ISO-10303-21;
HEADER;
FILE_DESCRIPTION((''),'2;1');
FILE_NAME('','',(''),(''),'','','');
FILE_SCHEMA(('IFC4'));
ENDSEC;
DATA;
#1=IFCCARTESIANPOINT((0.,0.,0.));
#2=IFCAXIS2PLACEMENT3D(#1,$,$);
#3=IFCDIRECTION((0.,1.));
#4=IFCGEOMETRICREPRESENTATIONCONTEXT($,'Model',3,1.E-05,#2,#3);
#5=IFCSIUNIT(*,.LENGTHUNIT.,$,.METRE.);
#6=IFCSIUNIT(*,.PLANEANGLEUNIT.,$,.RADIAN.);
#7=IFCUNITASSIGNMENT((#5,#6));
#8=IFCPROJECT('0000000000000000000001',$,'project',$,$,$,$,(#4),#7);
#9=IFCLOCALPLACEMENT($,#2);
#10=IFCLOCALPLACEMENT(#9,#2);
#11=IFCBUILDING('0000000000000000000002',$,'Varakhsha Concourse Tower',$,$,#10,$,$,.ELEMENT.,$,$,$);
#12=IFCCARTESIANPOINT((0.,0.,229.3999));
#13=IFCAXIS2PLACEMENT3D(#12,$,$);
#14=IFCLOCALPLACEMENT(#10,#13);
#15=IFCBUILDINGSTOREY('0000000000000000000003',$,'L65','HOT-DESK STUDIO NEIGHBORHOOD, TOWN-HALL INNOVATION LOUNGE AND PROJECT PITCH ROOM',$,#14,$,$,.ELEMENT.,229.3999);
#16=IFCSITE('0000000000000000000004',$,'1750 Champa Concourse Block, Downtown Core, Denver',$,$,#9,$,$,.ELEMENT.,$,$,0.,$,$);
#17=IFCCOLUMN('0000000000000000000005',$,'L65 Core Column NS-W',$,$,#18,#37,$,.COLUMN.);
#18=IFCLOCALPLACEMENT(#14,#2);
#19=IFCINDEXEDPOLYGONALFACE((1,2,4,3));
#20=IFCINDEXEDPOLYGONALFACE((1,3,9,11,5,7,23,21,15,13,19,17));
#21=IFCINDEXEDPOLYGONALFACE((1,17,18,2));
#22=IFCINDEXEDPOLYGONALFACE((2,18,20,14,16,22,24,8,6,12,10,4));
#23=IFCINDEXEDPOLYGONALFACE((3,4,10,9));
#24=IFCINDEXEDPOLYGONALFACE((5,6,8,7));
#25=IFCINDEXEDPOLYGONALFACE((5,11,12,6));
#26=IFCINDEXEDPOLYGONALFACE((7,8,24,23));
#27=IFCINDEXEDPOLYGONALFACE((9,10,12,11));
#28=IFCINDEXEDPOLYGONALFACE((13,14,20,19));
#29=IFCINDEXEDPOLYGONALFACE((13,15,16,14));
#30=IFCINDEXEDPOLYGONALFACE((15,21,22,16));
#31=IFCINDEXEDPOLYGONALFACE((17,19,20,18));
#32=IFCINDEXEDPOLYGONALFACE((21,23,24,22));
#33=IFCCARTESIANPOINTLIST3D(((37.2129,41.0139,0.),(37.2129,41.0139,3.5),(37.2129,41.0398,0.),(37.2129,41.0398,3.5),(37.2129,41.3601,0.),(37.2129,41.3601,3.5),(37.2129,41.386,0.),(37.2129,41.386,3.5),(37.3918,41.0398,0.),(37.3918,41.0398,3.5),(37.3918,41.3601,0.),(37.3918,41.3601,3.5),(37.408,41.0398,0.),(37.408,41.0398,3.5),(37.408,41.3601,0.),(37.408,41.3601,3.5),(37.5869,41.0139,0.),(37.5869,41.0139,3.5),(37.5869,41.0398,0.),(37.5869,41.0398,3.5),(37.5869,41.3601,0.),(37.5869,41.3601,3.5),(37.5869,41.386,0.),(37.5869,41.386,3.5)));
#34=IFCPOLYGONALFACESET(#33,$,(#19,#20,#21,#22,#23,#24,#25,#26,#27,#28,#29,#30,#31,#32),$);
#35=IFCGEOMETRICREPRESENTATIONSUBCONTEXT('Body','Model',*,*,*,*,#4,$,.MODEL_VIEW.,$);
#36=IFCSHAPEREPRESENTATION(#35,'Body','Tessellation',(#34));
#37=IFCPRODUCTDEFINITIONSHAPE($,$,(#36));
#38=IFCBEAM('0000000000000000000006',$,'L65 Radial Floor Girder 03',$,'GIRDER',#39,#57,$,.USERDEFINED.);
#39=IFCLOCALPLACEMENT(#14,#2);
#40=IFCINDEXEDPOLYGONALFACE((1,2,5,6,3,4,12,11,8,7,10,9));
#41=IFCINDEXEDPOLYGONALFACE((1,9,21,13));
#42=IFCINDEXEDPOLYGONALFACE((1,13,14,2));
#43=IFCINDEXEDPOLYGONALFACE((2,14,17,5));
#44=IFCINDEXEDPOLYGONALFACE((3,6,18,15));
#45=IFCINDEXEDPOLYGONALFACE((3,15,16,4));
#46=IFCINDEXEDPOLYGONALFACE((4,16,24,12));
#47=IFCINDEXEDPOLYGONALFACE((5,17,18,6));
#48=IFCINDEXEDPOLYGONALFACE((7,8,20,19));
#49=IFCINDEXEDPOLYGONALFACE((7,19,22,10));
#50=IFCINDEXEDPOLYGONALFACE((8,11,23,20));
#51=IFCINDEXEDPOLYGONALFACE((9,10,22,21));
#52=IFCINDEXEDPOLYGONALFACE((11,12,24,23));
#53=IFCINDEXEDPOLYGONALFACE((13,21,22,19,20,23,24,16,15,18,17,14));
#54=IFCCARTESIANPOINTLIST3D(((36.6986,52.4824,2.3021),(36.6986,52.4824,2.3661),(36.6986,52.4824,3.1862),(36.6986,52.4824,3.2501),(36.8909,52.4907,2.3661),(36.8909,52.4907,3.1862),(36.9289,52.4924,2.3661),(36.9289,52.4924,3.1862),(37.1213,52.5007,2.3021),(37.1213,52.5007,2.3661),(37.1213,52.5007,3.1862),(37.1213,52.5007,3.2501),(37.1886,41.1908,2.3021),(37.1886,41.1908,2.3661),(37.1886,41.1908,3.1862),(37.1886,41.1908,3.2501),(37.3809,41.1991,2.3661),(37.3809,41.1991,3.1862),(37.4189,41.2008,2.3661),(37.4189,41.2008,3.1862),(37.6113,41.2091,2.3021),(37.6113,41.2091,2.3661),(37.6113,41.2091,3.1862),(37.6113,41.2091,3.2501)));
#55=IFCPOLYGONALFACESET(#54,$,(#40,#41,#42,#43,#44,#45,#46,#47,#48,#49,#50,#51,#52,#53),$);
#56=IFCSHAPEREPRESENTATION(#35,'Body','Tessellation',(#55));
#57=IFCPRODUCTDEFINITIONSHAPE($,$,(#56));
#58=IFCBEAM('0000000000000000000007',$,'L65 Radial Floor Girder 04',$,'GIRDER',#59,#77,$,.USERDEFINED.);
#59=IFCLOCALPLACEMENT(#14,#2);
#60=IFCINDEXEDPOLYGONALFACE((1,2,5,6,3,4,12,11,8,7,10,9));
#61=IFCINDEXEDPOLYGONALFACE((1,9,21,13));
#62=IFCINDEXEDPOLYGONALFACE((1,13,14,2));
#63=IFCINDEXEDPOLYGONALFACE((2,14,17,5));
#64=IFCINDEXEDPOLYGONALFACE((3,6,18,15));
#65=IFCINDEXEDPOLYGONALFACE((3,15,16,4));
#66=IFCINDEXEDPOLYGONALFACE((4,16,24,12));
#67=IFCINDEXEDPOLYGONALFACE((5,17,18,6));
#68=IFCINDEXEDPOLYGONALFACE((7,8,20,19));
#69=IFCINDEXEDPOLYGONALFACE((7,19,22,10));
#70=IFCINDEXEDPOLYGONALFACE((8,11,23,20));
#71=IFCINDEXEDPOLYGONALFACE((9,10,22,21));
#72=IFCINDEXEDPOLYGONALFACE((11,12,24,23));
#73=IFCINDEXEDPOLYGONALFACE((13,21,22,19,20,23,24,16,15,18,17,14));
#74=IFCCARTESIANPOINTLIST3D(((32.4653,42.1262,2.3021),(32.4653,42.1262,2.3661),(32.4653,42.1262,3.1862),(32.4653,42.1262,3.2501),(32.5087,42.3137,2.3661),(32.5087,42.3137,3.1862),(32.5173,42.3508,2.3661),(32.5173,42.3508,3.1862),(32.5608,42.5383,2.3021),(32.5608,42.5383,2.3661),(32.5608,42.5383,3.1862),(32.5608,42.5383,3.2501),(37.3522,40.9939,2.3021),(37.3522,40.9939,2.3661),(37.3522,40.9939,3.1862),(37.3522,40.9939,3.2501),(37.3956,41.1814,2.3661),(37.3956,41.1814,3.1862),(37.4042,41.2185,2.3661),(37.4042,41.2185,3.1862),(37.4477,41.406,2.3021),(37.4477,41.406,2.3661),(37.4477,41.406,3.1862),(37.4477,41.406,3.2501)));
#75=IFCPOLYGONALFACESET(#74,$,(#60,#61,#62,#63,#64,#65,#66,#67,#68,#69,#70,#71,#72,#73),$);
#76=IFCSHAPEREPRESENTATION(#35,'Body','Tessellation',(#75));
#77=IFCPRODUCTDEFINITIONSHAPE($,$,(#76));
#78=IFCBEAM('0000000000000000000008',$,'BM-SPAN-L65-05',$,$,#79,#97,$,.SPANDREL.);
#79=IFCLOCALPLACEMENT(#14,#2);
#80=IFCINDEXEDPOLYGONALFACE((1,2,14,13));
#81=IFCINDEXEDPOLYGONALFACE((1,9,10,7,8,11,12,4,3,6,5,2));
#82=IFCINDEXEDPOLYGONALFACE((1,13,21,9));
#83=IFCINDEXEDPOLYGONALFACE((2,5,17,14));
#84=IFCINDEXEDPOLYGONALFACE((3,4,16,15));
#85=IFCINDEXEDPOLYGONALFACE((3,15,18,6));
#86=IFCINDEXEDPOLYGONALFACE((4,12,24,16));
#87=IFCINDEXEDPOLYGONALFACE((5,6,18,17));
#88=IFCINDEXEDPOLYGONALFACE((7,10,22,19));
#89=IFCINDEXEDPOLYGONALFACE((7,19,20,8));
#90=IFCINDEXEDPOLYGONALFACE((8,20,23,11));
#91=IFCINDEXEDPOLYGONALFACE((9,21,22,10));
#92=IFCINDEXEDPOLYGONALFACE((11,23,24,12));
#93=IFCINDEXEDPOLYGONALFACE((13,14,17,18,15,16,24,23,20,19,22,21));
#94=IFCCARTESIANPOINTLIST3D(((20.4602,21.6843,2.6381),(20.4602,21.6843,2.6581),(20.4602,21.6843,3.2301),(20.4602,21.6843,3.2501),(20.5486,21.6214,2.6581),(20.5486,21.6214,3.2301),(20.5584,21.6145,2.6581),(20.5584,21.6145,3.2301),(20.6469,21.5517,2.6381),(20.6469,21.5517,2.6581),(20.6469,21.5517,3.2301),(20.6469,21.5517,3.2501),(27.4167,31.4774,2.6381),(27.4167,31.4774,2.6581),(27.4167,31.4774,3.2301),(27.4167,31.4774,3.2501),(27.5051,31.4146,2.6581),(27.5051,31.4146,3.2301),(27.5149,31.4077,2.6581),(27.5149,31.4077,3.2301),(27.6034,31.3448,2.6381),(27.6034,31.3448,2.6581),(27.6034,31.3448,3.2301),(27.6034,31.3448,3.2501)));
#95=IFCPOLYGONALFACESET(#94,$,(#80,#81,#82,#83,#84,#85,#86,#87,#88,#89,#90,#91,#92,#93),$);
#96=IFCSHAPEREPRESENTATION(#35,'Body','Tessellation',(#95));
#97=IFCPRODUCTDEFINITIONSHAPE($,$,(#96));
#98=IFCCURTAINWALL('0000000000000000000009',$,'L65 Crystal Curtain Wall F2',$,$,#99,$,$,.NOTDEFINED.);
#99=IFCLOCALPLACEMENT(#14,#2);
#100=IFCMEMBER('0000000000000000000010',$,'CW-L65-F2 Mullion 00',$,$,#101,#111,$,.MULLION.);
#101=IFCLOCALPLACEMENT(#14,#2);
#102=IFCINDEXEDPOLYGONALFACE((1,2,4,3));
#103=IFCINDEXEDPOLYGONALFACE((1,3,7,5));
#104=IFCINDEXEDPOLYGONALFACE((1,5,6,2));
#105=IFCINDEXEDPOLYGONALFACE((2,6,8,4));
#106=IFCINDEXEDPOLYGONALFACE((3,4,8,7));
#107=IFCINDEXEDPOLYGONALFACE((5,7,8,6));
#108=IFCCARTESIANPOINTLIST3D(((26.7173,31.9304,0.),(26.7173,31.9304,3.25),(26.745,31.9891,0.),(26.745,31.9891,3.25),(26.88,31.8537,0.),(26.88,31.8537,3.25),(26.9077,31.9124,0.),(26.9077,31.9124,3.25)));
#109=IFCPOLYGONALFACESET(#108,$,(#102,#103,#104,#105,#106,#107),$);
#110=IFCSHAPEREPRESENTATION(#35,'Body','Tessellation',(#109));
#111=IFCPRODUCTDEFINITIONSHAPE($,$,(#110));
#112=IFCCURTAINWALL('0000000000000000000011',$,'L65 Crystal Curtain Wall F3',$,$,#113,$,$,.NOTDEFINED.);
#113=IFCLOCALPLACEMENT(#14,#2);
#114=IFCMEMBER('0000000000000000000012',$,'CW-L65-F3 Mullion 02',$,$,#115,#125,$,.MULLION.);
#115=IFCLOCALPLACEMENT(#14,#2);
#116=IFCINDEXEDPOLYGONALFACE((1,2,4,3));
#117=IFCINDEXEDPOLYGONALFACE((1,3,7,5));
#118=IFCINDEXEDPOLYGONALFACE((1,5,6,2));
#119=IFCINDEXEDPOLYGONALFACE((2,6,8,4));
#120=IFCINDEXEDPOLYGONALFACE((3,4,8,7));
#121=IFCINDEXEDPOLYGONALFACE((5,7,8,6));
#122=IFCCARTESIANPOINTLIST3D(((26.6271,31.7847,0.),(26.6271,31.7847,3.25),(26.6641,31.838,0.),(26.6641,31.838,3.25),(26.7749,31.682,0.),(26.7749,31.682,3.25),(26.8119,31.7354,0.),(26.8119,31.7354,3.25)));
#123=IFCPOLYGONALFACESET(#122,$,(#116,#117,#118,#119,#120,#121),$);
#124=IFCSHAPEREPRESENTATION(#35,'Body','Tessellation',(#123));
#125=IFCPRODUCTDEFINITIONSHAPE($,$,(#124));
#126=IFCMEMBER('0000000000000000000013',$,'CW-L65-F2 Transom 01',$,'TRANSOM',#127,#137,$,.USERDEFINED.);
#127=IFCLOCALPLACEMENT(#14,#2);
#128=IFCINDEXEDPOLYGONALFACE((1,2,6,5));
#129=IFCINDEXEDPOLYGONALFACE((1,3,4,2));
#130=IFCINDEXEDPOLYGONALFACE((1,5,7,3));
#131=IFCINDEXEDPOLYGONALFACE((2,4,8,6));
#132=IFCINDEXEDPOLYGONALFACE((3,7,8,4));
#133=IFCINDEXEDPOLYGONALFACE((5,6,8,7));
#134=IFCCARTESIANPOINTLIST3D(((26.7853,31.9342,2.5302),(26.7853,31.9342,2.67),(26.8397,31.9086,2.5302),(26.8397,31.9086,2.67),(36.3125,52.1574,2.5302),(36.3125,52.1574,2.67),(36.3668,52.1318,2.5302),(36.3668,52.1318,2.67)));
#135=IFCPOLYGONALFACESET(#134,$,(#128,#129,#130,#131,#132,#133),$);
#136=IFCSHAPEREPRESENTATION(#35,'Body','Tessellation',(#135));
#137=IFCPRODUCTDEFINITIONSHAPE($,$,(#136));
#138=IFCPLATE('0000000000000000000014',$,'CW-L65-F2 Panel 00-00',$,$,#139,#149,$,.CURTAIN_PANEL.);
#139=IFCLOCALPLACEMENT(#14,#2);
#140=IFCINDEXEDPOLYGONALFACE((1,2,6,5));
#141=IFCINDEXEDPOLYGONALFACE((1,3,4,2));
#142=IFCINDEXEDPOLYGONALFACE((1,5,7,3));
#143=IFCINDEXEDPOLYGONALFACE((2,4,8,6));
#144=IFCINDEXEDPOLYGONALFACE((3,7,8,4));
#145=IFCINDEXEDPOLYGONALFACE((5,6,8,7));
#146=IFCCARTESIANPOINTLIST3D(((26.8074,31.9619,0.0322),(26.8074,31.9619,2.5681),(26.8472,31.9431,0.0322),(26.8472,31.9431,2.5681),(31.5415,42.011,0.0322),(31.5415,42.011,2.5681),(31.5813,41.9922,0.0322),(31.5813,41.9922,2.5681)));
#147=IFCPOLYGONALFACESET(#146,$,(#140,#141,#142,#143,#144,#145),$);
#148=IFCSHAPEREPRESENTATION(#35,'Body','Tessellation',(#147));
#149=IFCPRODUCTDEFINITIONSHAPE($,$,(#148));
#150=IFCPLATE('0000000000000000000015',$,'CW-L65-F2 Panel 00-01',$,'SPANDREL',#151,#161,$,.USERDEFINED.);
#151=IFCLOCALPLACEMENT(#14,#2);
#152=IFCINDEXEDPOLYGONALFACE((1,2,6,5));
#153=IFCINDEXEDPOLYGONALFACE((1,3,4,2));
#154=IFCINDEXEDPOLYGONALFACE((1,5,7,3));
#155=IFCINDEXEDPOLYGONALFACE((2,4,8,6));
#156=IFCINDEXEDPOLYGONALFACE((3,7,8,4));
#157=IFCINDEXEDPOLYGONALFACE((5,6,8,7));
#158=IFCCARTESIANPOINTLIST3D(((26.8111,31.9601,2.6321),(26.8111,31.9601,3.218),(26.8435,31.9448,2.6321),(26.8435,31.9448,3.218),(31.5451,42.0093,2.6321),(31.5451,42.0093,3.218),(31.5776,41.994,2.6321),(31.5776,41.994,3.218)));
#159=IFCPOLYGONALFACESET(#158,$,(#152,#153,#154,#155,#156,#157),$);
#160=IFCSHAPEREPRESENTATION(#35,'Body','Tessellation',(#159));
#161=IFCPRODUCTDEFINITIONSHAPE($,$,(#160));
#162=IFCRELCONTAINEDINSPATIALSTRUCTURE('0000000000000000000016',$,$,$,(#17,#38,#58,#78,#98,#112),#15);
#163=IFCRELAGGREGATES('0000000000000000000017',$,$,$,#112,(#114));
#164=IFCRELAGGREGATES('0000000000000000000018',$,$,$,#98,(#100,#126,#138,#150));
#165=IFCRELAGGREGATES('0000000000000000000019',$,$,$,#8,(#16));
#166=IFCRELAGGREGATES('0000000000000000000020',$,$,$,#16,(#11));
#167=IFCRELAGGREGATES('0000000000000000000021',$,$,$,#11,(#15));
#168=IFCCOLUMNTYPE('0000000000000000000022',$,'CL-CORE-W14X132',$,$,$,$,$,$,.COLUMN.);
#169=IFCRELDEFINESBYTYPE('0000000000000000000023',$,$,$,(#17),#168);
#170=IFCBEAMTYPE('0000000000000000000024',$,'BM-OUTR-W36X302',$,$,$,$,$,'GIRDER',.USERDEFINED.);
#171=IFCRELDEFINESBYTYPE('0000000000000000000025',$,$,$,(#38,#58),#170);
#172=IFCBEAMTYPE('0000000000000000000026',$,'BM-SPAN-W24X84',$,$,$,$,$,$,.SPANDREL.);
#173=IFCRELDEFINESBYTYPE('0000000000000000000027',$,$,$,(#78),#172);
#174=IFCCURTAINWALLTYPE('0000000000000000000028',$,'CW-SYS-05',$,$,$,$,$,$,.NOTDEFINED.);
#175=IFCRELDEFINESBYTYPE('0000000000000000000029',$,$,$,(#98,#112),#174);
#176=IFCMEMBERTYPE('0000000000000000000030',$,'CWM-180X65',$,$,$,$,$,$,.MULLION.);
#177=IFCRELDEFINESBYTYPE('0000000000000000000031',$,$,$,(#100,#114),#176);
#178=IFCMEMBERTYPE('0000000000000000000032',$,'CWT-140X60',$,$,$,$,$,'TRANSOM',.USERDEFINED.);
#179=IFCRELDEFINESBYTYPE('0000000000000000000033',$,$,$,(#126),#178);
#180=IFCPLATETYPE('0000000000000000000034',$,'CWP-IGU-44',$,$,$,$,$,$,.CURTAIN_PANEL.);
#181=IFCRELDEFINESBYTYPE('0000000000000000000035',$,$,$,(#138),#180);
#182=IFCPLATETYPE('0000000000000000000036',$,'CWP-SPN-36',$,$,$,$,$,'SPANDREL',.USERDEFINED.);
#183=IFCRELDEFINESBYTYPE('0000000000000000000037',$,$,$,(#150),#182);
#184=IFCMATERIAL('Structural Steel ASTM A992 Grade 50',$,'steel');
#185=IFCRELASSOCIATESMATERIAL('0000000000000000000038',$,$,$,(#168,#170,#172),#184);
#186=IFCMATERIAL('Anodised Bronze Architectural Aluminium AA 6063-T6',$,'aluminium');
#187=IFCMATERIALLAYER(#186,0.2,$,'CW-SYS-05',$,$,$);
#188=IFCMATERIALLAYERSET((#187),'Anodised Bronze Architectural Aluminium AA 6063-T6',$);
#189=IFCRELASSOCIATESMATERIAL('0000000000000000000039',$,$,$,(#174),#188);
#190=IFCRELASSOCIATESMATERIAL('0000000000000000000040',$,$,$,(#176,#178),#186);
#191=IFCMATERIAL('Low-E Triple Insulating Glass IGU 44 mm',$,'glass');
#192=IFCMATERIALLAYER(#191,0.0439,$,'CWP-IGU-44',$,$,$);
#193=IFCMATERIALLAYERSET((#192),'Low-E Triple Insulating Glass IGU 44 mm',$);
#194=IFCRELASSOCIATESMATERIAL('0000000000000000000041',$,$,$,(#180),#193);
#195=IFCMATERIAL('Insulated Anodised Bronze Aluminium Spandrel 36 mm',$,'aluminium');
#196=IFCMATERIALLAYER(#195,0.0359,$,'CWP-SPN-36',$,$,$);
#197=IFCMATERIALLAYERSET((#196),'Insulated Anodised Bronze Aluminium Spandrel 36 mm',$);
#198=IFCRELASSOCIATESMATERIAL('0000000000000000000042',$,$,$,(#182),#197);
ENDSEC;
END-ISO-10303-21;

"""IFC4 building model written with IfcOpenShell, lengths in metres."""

from ifc_helpers import new_model, si_unit, direction, frame, origin, origin_2d, place, context, subcontext, project, spatial, rectangle, i_section, extrude, source, transform, mapped, material, layer, layer_set, material_profile, profile_set, type_object, type_shapes, element, aggregate, save


model = new_model("IFC4")

# Units and contexts
model_context = context("Model", 3, precision=1e-05, world=origin(), true_north=direction((0.0, 1.0)))
body_context = subcontext(model_context, "Body", "Model", "MODEL_VIEW")
ifc_project = project(units=[si_unit("LENGTHUNIT", "METRE"), si_unit("PLANEANGLEUNIT", "RADIAN")], contexts=[model_context])

# Site, building, storey
site_placement = place(None, origin())
site = spatial("IfcSite", under=ifc_project, at=site_placement, Name="1750 Champa Concourse Block, Downtown Core, Denver", CompositionType="ELEMENT", RefElevation=0.0)
building_placement = place(site_placement, origin())
building = spatial("IfcBuilding", under=site, at=building_placement, Name="Varakhsha Concourse Tower", CompositionType="ELEMENT")
storey_placement = place(building_placement, frame((0.0, 0.0, 229.3999)))
storey = spatial("IfcBuildingStorey", under=building, at=storey_placement, Name="L65", Description="HOT-DESK STUDIO NEIGHBORHOOD, TOWN-HALL INNOVATION LOUNGE AND PROJECT PITCH ROOM", CompositionType="ELEMENT", Elevation=229.3999)

# Column
ifc_material_1 = material(Name="Structural Steel ASTM A992 Grade 50", Category="steel")
ifc_material_profile_1 = material_profile(ifc_material_1, i_section(OverallWidth=0.374, OverallDepth=0.3721, WebThickness=0.0161, FlangeThickness=0.0259, at=origin_2d()), Name="W14X132")
ifc_profile_set_1 = profile_set([ifc_material_profile_1], Name="Structural Steel ASTM A992 Grade 50")
column_type = type_object("IfcColumnType", Name="CL-CORE-W14X132", PredefinedType="COLUMN", material=ifc_profile_set_1)
column_placement = place(storey_placement, frame((37.3999, 41.2, 0.0), z_axis=(0.0, 0.0, 1.0), x_axis=(1.0, 0.0, 0.0)))
element("IfcColumn", 1, at=column_placement, inside=storey, type_object=column_type, Name="L65 Core Column NS-W", PredefinedType="COLUMN", context=body_context, shape_type="SweptSolid", body=[
    extrude(i_section(OverallWidth=0.374, OverallDepth=0.3721, WebThickness=0.0161, FlangeThickness=0.0259, at=origin_2d()), origin(), (0.0, 0.0, 1.0), 3.5),
])

# Beams
ifc_material_profile_2 = material_profile(ifc_material_1, i_section(OverallWidth=0.4231, OverallDepth=0.948, WebThickness=0.0381, FlangeThickness=0.064, at=origin_2d()), Name="W36X302")
ifc_profile_set_2 = profile_set([ifc_material_profile_2], Name="Structural Steel ASTM A992 Grade 50")
beam_type_1 = type_object("IfcBeamType", Name="BM-OUTR-W36X302", ElementType="GIRDER", PredefinedType="USERDEFINED", material=ifc_profile_set_2)
beam_1_placement = place(storey_placement, frame((37.3999, 41.2, 2.7761), z_axis=(-0.043354, 0.99906, 0.0), x_axis=(-0.99906, -0.043354, 0.0)))
element("IfcBeam", 2, at=beam_1_placement, inside=storey, type_object=beam_type_1, Name="L65 Radial Floor Girder 03", ObjectType="GIRDER", PredefinedType="USERDEFINED", context=body_context, shape_type="SweptSolid", body=[
    extrude(i_section(OverallWidth=0.4231, OverallDepth=0.948, WebThickness=0.0381, FlangeThickness=0.064, at=origin_2d()), origin(), (0.0, 0.0, 1.0), 11.3022),
])
beam_2_placement = place(storey_placement, frame((37.3999, 41.2, 2.7761), z_axis=(-0.974191, 0.225723, 0.0), x_axis=(-0.225723, -0.974191, 0.0)))
element("IfcBeam", 3, at=beam_2_placement, inside=storey, type_object=beam_type_1, Name="L65 Radial Floor Girder 04", ObjectType="GIRDER", PredefinedType="USERDEFINED", context=body_context, shape_type="SweptSolid", body=[
    extrude(i_section(OverallWidth=0.4231, OverallDepth=0.948, WebThickness=0.0381, FlangeThickness=0.064, at=origin_2d()), origin(), (0.0, 0.0, 1.0), 5.0164),
])
ifc_material_profile_3 = material_profile(ifc_material_1, i_section(OverallWidth=0.229, OverallDepth=0.6121, WebThickness=0.012, FlangeThickness=0.02, at=origin_2d()), Name="W24X84")
ifc_profile_set_3 = profile_set([ifc_material_profile_3], Name="Structural Steel ASTM A992 Grade 50")
beam_type_2 = type_object("IfcBeamType", Name="BM-SPAN-W24X84", PredefinedType="SPANDREL", material=ifc_profile_set_3)
beam_3_placement = place(storey_placement, frame((27.51, 31.4111, 2.9441), z_axis=(-0.579108, -0.815251, 0.0), x_axis=(0.815251, -0.579108, 0.0)))
element("IfcBeam", 4, at=beam_3_placement, inside=storey, type_object=beam_type_2, Name="BM-SPAN-L65-05", PredefinedType="SPANDREL", context=body_context, shape_type="SweptSolid", body=[
    extrude(i_section(OverallWidth=0.229, OverallDepth=0.6121, WebThickness=0.012, FlangeThickness=0.02, at=origin_2d()), origin(), (0.0, 0.0, 1.0), 12.0125),
])

# Curtain walls, members
ifc_material_2 = material(Name="Anodised Bronze Architectural Aluminium AA 6063-T6", Category="aluminium")
ifc_layer_1 = layer(ifc_material_2, 0.2, Name="CW-SYS-05")
ifc_layer_set_1 = layer_set([ifc_layer_1], Name="Anodised Bronze Architectural Aluminium AA 6063-T6")
curtain_wall_type = type_object("IfcCurtainWallType", Name="CW-SYS-05", PredefinedType="NOTDEFINED", material=ifc_layer_set_1)
curtain_wall_1_placement = place(storey_placement, origin())
curtain_wall_1 = element("IfcCurtainWall", 5, at=curtain_wall_1_placement, inside=storey, type_object=curtain_wall_type, Name="L65 Crystal Curtain Wall F2", PredefinedType="NOTDEFINED")
ifc_material_profile_4 = material_profile(ifc_material_2, rectangle(XDim=0.0649, YDim=0.1799, at=origin_2d()), Name="CWM-180X65")
ifc_profile_set_4 = profile_set([ifc_material_profile_4], Name="Anodised Bronze Architectural Aluminium AA 6063-T6")
member_type_1 = type_object("IfcMemberType", Name="CWM-180X65", PredefinedType="MULLION", material=ifc_profile_set_4)
shared_shape_1 = source(origin(), body_context, "Body", "SweptSolid", [
    extrude(rectangle(XDim=0.0649, YDim=0.1799, at=origin_2d()), origin(), (0.0, 0.0, 1.0), 3.25),
])
type_shapes(member_type_1, [shared_shape_1])
member_1_placement = place(storey_placement, frame((26.8125, 31.9214, 0.0), z_axis=(0.0, 0.0, 1.0), x_axis=(0.426172, 0.904642, 0.0)))
member_1 = element("IfcMember", 6, at=member_1_placement, type_object=member_type_1, Name="CW-L65-F2 Mullion 00", PredefinedType="MULLION", context=body_context, shape_type="MappedRepresentation", body=[
    mapped(shared_shape_1, transform((0.0, 0.0, 0.0), scale=1.0)),
])
curtain_wall_2_placement = place(storey_placement, origin())
curtain_wall_2 = element("IfcCurtainWall", 7, at=curtain_wall_2_placement, inside=storey, type_object=curtain_wall_type, Name="L65 Crystal Curtain Wall F3", PredefinedType="NOTDEFINED")
member_2_placement = place(storey_placement, frame((26.7195, 31.76, 0.0), z_axis=(0.0, 0.0, 1.0), x_axis=(0.570361, 0.821394, 0.0)))
member_2 = element("IfcMember", 8, at=member_2_placement, type_object=member_type_1, Name="CW-L65-F3 Mullion 02", PredefinedType="MULLION", context=body_context, shape_type="MappedRepresentation", body=[
    mapped(shared_shape_1, transform((0.0, 0.0, 0.0), scale=1.0)),
])
aggregate(curtain_wall_2, [member_2])

# Member
ifc_material_profile_5 = material_profile(ifc_material_2, rectangle(XDim=0.0601, YDim=0.1399, at=origin_2d()), Name="CWT-140X60")
ifc_profile_set_5 = profile_set([ifc_material_profile_5], Name="Anodised Bronze Architectural Aluminium AA 6063-T6")
member_type_2 = type_object("IfcMemberType", Name="CWT-140X60", ElementType="TRANSOM", PredefinedType="USERDEFINED", material=ifc_profile_set_5)
shared_shape_2 = source(origin(), body_context, "Body", "SweptSolid", [
    extrude(rectangle(XDim=0.0601, YDim=0.1399, at=origin_2d()), origin(), (0.0, 0.0, 1.0), 22.355),
])
type_shapes(member_type_2, [shared_shape_2])
member_3_placement = place(storey_placement, frame((26.8125, 31.9214, 2.6001), z_axis=(0.426175, 0.904641, 0.0), x_axis=(-0.904641, 0.426175, 0.0)))
member_3 = element("IfcMember", 9, at=member_3_placement, type_object=member_type_2, Name="CW-L65-F2 Transom 01", ObjectType="TRANSOM", PredefinedType="USERDEFINED", context=body_context, shape_type="MappedRepresentation", body=[
    mapped(shared_shape_2, transform((0.0, 0.0, 0.0), scale=1.0)),
])

# Plates
ifc_material_3 = material(Name="Low-E Triple Insulating Glass IGU 44 mm", Category="glass")
ifc_layer_2 = layer(ifc_material_3, 0.0439, Name="CWP-IGU-44")
ifc_layer_set_2 = layer_set([ifc_layer_2], Name="Low-E Triple Insulating Glass IGU 44 mm")
plate_type_1 = type_object("IfcPlateType", Name="CWP-IGU-44", PredefinedType="CURTAIN_PANEL", material=ifc_layer_set_2)
shared_shape_3 = source(origin(), body_context, "Body", "SweptSolid", [
    extrude(rectangle(XDim=11.1084, YDim=0.0439, at=origin_2d()), origin(), (0.0, 0.0, 1.0), 2.5359),
])
type_shapes(plate_type_1, [shared_shape_3])
plate_1_placement = place(storey_placement, frame((29.1943, 36.9771, 0.0322), z_axis=(0.0, 0.0, 1.0), x_axis=(0.426172, 0.904642, 0.0)))
plate_1 = element("IfcPlate", 10, at=plate_1_placement, type_object=plate_type_1, Name="CW-L65-F2 Panel 00-00", PredefinedType="CURTAIN_PANEL", context=body_context, shape_type="MappedRepresentation", body=[
    mapped(shared_shape_3, transform((0.0, 0.0, 0.0), scale=1.0)),
])
ifc_material_4 = material(Name="Insulated Anodised Bronze Aluminium Spandrel 36 mm", Category="aluminium")
ifc_layer_3 = layer(ifc_material_4, 0.0359, Name="CWP-SPN-36")
ifc_layer_set_3 = layer_set([ifc_layer_3], Name="Insulated Anodised Bronze Aluminium Spandrel 36 mm")
plate_type_2 = type_object("IfcPlateType", Name="CWP-SPN-36", ElementType="SPANDREL", PredefinedType="USERDEFINED", material=ifc_layer_set_3)
shared_shape_4 = source(origin(), body_context, "Body", "SweptSolid", [
    extrude(rectangle(XDim=11.1084, YDim=0.0359, at=origin_2d()), origin(), (0.0, 0.0, 1.0), 0.5859),
])
type_shapes(plate_type_2, [shared_shape_4])
plate_2_placement = place(storey_placement, frame((29.1943, 36.9771, 2.6321), z_axis=(0.0, 0.0, 1.0), x_axis=(0.426172, 0.904642, 0.0)))
plate_2 = element("IfcPlate", 11, at=plate_2_placement, type_object=plate_type_2, Name="CW-L65-F2 Panel 00-01", ObjectType="SPANDREL", PredefinedType="USERDEFINED", context=body_context, shape_type="MappedRepresentation", body=[
    mapped(shared_shape_4, transform((0.0, 0.0, 0.0), scale=1.0)),
])
aggregate(curtain_wall_1, [member_1, member_3, plate_1, plate_2])

save(model, "model.ifc")
